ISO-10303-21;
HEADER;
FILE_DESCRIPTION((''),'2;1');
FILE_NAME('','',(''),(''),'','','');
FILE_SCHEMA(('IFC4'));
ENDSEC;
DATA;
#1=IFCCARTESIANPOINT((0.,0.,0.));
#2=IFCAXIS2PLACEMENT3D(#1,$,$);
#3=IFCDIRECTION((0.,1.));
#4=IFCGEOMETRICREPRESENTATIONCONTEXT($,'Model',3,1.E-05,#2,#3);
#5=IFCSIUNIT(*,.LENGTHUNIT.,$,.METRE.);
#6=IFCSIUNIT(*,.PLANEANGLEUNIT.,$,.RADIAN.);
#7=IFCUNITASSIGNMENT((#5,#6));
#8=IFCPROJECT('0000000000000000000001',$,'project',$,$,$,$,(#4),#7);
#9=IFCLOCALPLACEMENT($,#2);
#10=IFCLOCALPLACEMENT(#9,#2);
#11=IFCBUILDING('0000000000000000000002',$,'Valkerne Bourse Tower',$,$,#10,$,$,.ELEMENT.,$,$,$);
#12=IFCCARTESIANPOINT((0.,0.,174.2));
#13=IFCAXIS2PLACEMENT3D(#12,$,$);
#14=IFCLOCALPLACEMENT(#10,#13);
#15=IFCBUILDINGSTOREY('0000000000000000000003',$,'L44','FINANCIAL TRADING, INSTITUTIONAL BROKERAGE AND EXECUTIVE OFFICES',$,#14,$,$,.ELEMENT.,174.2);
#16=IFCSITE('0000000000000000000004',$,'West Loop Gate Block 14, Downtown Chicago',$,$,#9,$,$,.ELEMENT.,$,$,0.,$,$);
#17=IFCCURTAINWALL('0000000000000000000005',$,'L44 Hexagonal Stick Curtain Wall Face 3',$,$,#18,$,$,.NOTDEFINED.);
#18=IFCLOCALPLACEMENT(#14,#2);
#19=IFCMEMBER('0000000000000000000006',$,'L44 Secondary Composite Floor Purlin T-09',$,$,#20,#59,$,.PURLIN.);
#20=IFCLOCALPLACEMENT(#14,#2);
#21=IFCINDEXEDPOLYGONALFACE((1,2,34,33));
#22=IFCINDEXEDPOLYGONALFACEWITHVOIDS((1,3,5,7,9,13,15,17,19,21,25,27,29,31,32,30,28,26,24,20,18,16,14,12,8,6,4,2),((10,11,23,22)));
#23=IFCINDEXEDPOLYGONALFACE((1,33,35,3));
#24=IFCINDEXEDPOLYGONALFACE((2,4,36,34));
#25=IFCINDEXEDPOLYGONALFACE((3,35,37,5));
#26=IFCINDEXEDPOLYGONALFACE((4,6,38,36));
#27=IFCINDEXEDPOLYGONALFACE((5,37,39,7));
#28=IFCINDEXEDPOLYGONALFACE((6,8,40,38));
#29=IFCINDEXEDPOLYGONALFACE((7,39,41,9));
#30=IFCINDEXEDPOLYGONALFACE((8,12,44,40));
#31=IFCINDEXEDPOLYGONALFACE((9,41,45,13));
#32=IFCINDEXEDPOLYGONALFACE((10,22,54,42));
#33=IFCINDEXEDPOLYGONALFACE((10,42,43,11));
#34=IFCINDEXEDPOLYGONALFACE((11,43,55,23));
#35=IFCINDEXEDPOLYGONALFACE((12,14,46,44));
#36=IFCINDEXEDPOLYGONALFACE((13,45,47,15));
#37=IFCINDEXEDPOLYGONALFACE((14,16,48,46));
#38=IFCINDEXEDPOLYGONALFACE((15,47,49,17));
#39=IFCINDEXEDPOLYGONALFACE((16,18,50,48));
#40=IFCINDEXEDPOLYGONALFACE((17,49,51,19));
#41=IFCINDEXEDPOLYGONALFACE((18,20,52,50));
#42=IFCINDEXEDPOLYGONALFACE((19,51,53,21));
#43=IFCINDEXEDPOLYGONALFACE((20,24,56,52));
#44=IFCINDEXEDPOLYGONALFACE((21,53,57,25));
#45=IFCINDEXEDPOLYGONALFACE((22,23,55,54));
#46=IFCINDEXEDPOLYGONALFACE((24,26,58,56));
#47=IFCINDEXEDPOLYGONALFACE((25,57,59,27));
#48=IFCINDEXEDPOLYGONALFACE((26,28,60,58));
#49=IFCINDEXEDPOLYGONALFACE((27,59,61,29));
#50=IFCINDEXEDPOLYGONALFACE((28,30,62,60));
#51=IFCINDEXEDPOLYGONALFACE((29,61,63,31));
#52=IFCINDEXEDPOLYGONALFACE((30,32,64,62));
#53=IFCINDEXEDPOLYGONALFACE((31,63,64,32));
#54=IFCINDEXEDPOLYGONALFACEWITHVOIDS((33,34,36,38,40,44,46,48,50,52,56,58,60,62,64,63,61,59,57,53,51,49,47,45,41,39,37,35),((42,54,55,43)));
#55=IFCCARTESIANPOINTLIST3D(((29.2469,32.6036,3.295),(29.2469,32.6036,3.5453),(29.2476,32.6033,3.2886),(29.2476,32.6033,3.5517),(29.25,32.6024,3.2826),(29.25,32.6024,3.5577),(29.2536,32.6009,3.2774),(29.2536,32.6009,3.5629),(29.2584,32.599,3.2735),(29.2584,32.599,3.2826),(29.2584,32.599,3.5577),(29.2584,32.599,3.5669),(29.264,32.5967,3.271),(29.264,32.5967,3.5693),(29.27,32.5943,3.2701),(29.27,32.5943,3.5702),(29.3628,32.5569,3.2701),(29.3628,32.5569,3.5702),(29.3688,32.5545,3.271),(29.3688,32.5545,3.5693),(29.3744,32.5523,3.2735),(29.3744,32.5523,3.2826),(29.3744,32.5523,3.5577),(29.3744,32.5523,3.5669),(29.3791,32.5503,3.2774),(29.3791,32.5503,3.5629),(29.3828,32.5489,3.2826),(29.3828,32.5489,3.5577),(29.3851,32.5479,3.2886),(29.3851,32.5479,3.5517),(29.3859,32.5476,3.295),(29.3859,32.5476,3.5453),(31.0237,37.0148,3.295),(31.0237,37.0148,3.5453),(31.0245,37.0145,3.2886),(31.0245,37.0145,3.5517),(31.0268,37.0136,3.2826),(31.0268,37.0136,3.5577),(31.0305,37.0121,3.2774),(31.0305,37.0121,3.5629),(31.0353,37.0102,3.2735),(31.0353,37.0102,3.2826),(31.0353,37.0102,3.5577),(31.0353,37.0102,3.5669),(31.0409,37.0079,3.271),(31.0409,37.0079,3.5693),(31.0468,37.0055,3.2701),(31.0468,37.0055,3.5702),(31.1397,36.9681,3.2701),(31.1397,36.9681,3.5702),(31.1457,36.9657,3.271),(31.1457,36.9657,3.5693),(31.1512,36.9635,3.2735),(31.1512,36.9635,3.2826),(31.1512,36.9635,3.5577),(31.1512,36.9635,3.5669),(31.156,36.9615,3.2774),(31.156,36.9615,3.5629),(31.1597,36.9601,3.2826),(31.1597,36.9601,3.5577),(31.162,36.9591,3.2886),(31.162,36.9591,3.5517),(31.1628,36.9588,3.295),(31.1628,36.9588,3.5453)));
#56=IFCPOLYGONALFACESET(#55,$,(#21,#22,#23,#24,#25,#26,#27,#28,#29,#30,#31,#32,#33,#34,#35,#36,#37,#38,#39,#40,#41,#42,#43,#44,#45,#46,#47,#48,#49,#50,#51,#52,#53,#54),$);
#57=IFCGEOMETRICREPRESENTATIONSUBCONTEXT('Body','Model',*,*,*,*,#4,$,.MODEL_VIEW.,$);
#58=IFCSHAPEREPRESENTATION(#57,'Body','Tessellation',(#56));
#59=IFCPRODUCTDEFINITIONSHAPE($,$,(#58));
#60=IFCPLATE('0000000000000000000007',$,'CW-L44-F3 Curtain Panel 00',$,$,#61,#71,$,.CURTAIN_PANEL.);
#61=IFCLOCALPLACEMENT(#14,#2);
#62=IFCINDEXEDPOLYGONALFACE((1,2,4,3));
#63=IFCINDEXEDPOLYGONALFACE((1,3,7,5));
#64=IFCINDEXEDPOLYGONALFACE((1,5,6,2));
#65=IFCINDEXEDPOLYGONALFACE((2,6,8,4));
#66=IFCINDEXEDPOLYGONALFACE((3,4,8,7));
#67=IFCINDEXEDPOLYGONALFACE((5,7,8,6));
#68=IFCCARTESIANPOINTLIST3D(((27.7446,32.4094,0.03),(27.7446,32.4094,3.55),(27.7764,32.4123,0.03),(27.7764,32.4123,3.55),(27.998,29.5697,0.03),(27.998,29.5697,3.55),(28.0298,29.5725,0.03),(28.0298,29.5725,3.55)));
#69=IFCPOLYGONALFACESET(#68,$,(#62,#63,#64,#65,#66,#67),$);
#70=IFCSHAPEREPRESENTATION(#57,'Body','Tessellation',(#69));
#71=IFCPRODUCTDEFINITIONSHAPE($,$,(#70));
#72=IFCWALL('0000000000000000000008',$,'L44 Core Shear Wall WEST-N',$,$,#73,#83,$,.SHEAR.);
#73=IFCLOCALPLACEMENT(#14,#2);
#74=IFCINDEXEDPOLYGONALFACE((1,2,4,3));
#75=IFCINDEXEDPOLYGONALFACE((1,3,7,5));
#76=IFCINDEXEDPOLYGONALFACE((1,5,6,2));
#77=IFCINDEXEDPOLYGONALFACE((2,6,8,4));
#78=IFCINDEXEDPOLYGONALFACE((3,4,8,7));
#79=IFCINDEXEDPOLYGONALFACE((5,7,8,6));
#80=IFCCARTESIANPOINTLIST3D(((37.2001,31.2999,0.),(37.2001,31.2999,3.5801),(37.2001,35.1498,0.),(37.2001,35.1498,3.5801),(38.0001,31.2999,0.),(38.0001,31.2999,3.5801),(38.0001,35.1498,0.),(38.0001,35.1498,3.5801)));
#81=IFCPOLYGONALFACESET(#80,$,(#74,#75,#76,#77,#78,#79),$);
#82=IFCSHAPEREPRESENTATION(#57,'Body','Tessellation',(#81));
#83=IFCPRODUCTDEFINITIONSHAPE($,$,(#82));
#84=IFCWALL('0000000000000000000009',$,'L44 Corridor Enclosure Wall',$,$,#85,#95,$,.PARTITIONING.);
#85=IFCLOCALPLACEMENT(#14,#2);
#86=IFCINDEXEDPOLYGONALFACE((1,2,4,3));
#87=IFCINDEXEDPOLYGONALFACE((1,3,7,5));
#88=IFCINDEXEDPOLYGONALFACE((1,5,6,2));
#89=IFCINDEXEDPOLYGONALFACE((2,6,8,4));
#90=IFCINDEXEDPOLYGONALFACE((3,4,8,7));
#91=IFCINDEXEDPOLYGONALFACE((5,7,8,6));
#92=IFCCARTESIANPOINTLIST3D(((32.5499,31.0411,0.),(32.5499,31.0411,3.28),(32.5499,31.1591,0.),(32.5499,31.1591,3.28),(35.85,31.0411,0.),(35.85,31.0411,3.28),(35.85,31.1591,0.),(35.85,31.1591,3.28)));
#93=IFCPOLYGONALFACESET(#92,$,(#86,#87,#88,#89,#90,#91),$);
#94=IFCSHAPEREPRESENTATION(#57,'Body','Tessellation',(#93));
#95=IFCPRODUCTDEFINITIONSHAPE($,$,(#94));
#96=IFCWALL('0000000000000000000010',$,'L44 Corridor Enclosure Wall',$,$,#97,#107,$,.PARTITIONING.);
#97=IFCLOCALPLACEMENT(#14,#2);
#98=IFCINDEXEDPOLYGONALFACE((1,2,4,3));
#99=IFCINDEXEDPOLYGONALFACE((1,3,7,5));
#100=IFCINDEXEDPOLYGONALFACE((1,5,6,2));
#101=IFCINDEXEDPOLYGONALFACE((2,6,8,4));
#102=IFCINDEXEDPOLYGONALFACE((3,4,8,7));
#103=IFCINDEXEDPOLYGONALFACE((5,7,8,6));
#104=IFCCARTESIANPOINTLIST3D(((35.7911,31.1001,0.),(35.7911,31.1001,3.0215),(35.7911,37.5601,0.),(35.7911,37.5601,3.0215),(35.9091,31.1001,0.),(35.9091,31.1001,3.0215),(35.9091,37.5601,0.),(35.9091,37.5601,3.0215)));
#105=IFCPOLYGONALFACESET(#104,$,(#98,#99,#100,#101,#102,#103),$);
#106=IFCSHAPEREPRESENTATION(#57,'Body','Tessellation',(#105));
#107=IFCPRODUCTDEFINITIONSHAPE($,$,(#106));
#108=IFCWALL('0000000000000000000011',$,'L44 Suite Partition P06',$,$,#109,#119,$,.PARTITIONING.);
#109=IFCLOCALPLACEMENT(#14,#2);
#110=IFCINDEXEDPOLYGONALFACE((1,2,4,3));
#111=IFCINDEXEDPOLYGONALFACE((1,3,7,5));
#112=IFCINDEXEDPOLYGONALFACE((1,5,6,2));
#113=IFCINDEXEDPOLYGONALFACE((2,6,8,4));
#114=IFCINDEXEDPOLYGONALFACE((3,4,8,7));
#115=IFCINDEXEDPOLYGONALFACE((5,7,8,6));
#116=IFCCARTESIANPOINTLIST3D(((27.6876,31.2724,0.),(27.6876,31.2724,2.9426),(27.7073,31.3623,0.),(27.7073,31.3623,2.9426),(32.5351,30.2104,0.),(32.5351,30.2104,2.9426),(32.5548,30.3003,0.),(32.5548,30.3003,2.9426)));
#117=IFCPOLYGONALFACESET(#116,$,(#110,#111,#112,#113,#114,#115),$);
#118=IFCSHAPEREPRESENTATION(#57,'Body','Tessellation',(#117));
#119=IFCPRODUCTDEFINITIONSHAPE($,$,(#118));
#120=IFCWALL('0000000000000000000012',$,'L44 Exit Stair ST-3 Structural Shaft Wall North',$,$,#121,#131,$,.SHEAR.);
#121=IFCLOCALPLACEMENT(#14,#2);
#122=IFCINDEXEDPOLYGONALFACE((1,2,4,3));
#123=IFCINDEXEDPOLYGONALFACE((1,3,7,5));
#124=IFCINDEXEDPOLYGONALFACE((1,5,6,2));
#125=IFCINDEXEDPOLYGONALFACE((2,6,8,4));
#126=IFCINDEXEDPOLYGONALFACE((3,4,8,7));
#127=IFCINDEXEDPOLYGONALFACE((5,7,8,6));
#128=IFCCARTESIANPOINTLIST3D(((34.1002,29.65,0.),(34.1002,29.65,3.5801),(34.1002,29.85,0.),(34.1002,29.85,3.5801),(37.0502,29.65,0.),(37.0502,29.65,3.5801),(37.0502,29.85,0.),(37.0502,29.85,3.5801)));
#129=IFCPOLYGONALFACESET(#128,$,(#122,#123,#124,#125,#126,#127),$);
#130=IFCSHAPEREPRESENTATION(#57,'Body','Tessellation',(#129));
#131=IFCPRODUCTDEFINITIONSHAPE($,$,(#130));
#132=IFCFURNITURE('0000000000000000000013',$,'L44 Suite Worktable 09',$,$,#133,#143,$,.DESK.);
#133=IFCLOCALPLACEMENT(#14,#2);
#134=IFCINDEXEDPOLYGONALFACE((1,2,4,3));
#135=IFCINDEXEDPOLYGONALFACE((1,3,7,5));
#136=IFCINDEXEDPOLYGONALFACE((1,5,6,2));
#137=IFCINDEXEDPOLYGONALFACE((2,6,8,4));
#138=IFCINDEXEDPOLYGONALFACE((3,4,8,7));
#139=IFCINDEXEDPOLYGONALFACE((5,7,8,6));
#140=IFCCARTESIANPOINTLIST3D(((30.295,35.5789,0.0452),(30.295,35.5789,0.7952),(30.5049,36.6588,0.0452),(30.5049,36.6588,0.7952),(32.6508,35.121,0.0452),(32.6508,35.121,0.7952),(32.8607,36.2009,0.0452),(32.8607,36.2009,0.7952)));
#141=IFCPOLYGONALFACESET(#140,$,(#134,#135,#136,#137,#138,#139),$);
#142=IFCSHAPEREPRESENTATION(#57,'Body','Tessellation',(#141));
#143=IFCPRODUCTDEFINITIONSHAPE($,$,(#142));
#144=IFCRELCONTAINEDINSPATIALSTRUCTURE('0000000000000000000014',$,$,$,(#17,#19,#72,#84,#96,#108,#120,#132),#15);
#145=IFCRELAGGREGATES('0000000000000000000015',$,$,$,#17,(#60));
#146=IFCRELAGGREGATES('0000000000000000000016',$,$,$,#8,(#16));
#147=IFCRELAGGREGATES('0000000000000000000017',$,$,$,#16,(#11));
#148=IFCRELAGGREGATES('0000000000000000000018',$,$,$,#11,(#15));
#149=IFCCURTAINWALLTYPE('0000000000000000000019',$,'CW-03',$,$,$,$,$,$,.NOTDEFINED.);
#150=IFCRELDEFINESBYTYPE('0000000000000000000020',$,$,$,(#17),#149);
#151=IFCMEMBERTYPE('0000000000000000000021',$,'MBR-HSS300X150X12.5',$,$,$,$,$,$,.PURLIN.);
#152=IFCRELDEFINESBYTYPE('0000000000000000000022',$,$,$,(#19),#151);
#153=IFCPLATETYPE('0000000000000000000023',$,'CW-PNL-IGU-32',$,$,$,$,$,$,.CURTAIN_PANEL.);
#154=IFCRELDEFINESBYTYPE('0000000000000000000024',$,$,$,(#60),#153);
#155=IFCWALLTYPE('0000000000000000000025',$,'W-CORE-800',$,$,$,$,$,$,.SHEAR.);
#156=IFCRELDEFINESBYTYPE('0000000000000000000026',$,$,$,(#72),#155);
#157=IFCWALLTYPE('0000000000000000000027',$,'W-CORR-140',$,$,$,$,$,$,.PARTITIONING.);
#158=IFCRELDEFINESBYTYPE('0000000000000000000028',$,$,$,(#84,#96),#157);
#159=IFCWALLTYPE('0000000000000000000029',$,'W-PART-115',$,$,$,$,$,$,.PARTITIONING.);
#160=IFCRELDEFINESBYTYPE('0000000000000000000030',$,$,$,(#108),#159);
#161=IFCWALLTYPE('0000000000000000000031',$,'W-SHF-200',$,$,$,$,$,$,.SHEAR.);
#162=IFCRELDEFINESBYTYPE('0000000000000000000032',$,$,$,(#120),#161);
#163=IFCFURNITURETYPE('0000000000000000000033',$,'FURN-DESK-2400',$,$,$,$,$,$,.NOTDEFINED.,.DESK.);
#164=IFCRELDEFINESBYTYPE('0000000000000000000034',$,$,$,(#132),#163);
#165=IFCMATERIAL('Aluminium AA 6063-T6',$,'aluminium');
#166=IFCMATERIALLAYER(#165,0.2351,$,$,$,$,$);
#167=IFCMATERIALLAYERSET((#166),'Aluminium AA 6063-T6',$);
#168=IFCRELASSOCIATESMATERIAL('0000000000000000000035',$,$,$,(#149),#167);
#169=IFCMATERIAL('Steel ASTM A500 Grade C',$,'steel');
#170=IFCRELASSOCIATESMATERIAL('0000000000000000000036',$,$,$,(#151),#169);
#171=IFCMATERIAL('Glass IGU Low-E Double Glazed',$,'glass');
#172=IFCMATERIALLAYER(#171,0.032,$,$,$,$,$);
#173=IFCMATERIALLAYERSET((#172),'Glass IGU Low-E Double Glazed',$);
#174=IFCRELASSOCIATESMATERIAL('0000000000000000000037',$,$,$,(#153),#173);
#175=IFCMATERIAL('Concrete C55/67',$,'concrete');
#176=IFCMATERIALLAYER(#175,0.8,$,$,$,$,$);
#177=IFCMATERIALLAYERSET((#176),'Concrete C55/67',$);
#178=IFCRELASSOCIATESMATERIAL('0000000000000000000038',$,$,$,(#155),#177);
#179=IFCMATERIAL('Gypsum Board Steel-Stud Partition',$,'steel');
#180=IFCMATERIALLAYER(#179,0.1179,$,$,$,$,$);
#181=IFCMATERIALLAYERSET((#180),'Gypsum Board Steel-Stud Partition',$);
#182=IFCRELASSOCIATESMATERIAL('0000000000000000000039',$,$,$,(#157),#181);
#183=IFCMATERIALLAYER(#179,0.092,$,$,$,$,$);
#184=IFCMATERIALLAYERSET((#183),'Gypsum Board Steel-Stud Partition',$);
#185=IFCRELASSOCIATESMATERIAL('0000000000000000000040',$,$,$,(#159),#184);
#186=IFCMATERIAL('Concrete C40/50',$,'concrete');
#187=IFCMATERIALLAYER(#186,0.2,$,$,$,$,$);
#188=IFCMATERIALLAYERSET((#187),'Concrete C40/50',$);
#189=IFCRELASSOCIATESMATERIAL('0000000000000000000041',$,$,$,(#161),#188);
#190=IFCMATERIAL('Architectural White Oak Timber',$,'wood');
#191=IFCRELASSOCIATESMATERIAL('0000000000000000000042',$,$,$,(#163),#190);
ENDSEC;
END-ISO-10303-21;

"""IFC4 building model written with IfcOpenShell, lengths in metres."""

from ifc_helpers import new_model, si_unit, direction, frame, frame_2d, origin, origin_2d, place, context, subcontext, project, spatial, rectangle, hollow_rectangle, extrude, material, layer, layer_set, material_profile, profile_set, type_object, element, aggregate, save


model = new_model("IFC4")

# Units and contexts
model_context = context("Model", 3, precision=1e-05, world=origin(), true_north=direction((0.0, 1.0)))
body_context = subcontext(model_context, "Body", "Model", "MODEL_VIEW")
ifc_project = project(units=[si_unit("LENGTHUNIT", "METRE"), si_unit("PLANEANGLEUNIT", "RADIAN")], contexts=[model_context])

# Site, building, storey
site_placement = place(None, origin())
site = spatial("IfcSite", under=ifc_project, at=site_placement, Name="West Loop Gate Block 14, Downtown Chicago", CompositionType="ELEMENT", RefElevation=0.0)
building_placement = place(site_placement, origin())
building = spatial("IfcBuilding", under=site, at=building_placement, Name="Valkerne Bourse Tower", CompositionType="ELEMENT")
storey_placement = place(building_placement, frame((0.0, 0.0, 174.2)))
storey = spatial("IfcBuildingStorey", under=building, at=storey_placement, Name="L44", Description="FINANCIAL TRADING, INSTITUTIONAL BROKERAGE AND EXECUTIVE OFFICES", CompositionType="ELEMENT", Elevation=174.2)

# Curtain wall
ifc_material_1 = material(Name="Aluminium AA 6063-T6", Category="aluminium")
ifc_layer_1 = layer(ifc_material_1, 0.2351)
ifc_layer_set_1 = layer_set([ifc_layer_1], Name="Aluminium AA 6063-T6")
curtain_wall_type = type_object("IfcCurtainWallType", Name="CW-03", PredefinedType="NOTDEFINED", material=ifc_layer_set_1)
curtain_wall_placement = place(storey_placement, origin())
curtain_wall = element("IfcCurtainWall", 1, at=curtain_wall_placement, inside=storey, type_object=curtain_wall_type, Name="L44 Hexagonal Stick Curtain Wall Face 3", PredefinedType="NOTDEFINED")

# Member
ifc_material_2 = material(Name="Steel ASTM A500 Grade C", Category="steel")
ifc_material_profile_1 = material_profile(ifc_material_2, hollow_rectangle(XDim=0.1499, YDim=0.3, WallThickness=0.0125, OuterFilletRadius=0.0249, at=origin_2d()), Name="HSS300X150X12.5")
ifc_profile_set_1 = profile_set([ifc_material_profile_1], Name="Steel ASTM A500 Grade C")
member_type_1 = type_object("IfcMemberType", Name="MBR-HSS300X150X12.5", PredefinedType="PURLIN", material=ifc_profile_set_1)
member_1_placement = place(storey_placement, frame((31.0933, 36.9868, 3.4202), z_axis=(-0.373638, -0.927575, 0.0), x_axis=(0.927575, -0.373638, 0.0)))
element("IfcMember", 2, at=member_1_placement, inside=storey, type_object=member_type_1, Name="L44 Secondary Composite Floor Purlin T-09", PredefinedType="PURLIN", context=body_context, shape_type="SweptSolid", body=[
    extrude(hollow_rectangle(XDim=0.1499, YDim=0.3, WallThickness=0.0125, OuterFilletRadius=0.0249, at=origin_2d()), origin(), (0.0, 0.0, 1.0), 4.7556),
])

# Plate
ifc_material_3 = material(Name="Glass IGU Low-E Double Glazed", Category="glass")
ifc_layer_2 = layer(ifc_material_3, 0.032)
ifc_layer_set_2 = layer_set([ifc_layer_2], Name="Glass IGU Low-E Double Glazed")
plate_type = type_object("IfcPlateType", Name="CW-PNL-IGU-32", PredefinedType="CURTAIN_PANEL", material=ifc_layer_set_2)
plate_placement = place(storey_placement, frame((27.8872, 30.991, 0.03), z_axis=(0.0, 0.0, 1.0), x_axis=(0.088888, -0.996042, 0.0)))
plate = element("IfcPlate", 3, at=plate_placement, type_object=plate_type, Name="CW-L44-F3 Curtain Panel 00", PredefinedType="CURTAIN_PANEL", context=body_context, shape_type="SweptSolid", body=[
    extrude(rectangle(XDim=2.8511, YDim=0.032, at=origin_2d()), origin(), (0.0, 0.0, 1.0), 3.52),
])
aggregate(curtain_wall, [plate])

# Shared definitions
ifc_material_4 = material(Name="Concrete C55/67", Category="concrete")
ifc_layer_3 = layer(ifc_material_4, 0.8)
ifc_layer_set_3 = layer_set([ifc_layer_3], Name="Concrete C55/67")
wall_type_1 = type_object("IfcWallType", Name="W-CORE-800", PredefinedType="SHEAR", material=ifc_layer_set_3)

# Walls
wall_1_placement = place(storey_placement, frame((37.6001, 31.3, 0.0), z_axis=(0.0, 0.0, 1.0), x_axis=(0.0, 1.0, 0.0)))
element("IfcWall", 4, at=wall_1_placement, inside=storey, type_object=wall_type_1, Name="L44 Core Shear Wall WEST-N", PredefinedType="SHEAR", context=body_context, shape_type="SweptSolid", body=[
    extrude(rectangle(XDim=3.8499, YDim=0.8, at=frame_2d((1.9248, 0.0))), origin(), (0.0, 0.0, 1.0), 3.5801),
])
ifc_material_5 = material(Name="Gypsum Board Steel-Stud Partition", Category="steel")
ifc_layer_4 = layer(ifc_material_5, 0.1179)
ifc_layer_set_4 = layer_set([ifc_layer_4], Name="Gypsum Board Steel-Stud Partition")
wall_type_2 = type_object("IfcWallType", Name="W-CORR-140", PredefinedType="PARTITIONING", material=ifc_layer_set_4)
wall_2_placement = place(storey_placement, frame((32.55, 31.1001, 0.0), z_axis=(0.0, 0.0, 1.0), x_axis=(1.0, 0.0, 0.0)))
element("IfcWall", 5, at=wall_2_placement, inside=storey, type_object=wall_type_2, Name="L44 Corridor Enclosure Wall", PredefinedType="PARTITIONING", context=body_context, shape_type="SweptSolid", body=[
    extrude(rectangle(XDim=3.3, YDim=0.1179, at=frame_2d((1.6499, 0.0))), origin(), (0.0, 0.0, 1.0), 3.28),
])
wall_3_placement = place(storey_placement, frame((35.8501, 31.1001, 0.0), z_axis=(0.0, 0.0, 1.0), x_axis=(0.0, 1.0, 0.0)))
element("IfcWall", 6, at=wall_3_placement, inside=storey, type_object=wall_type_2, Name="L44 Corridor Enclosure Wall", PredefinedType="PARTITIONING", context=body_context, shape_type="SweptSolid", body=[
    extrude(rectangle(XDim=6.46, YDim=0.1179, at=frame_2d((3.23, 0.0))), origin(), (0.0, 0.0, 1.0), 3.0215),
])
ifc_layer_5 = layer(ifc_material_5, 0.092)
ifc_layer_set_5 = layer_set([ifc_layer_5], Name="Gypsum Board Steel-Stud Partition")
wall_type_3 = type_object("IfcWallType", Name="W-PART-115", PredefinedType="PARTITIONING", material=ifc_layer_set_5)
wall_4_placement = place(storey_placement, frame((32.5449, 30.2554, 0.0), z_axis=(0.0, 0.0, 1.0), x_axis=(-0.976831, 0.214012, 0.0)))
element("IfcWall", 7, at=wall_4_placement, inside=storey, type_object=wall_type_3, Name="L44 Suite Partition P06", PredefinedType="PARTITIONING", context=body_context, shape_type="SweptSolid", body=[
    extrude(rectangle(XDim=4.9624, YDim=0.092, at=frame_2d((2.4812, 0.0))), origin(), (0.0, 0.0, 1.0), 2.9426),
])
ifc_material_6 = material(Name="Concrete C40/50", Category="concrete")
ifc_layer_6 = layer(ifc_material_6, 0.2)
ifc_layer_set_6 = layer_set([ifc_layer_6], Name="Concrete C40/50")
wall_type_4 = type_object("IfcWallType", Name="W-SHF-200", PredefinedType="SHEAR", material=ifc_layer_set_6)
wall_5_placement = place(storey_placement, frame((34.1001, 29.75, 0.0), z_axis=(0.0, 0.0, 1.0), x_axis=(1.0, 0.0, 0.0)))
element("IfcWall", 8, at=wall_5_placement, inside=storey, type_object=wall_type_4, Name="L44 Exit Stair ST-3 Structural Shaft Wall North", PredefinedType="SHEAR", context=body_context, shape_type="SweptSolid", body=[
    extrude(rectangle(XDim=2.95, YDim=0.2, at=frame_2d((1.4751, 0.0))), origin(), (0.0, 0.0, 1.0), 3.5801),
])

# Furniture
ifc_material_7 = material(Name="Architectural White Oak Timber", Category="wood")
furniture_type = type_object("IfcFurnitureType", Name="FURN-DESK-2400", AssemblyPlace="NOTDEFINED", PredefinedType="DESK", material=ifc_material_7)
furniture_placement = place(storey_placement, frame((31.5779, 35.8899, 0.0452), z_axis=(0.0, 0.0, 1.0), x_axis=(-0.981627, 0.190809, 0.0)))
element("IfcFurniture", 9, at=furniture_placement, inside=storey, type_object=furniture_type, Name="L44 Suite Worktable 09", PredefinedType="DESK", context=body_context, shape_type="SweptSolid", body=[
    extrude(rectangle(XDim=2.3999, YDim=1.1001, at=origin_2d()), origin(), (0.0, 0.0, 1.0), 0.75),
])

save(model, "model.ifc")
